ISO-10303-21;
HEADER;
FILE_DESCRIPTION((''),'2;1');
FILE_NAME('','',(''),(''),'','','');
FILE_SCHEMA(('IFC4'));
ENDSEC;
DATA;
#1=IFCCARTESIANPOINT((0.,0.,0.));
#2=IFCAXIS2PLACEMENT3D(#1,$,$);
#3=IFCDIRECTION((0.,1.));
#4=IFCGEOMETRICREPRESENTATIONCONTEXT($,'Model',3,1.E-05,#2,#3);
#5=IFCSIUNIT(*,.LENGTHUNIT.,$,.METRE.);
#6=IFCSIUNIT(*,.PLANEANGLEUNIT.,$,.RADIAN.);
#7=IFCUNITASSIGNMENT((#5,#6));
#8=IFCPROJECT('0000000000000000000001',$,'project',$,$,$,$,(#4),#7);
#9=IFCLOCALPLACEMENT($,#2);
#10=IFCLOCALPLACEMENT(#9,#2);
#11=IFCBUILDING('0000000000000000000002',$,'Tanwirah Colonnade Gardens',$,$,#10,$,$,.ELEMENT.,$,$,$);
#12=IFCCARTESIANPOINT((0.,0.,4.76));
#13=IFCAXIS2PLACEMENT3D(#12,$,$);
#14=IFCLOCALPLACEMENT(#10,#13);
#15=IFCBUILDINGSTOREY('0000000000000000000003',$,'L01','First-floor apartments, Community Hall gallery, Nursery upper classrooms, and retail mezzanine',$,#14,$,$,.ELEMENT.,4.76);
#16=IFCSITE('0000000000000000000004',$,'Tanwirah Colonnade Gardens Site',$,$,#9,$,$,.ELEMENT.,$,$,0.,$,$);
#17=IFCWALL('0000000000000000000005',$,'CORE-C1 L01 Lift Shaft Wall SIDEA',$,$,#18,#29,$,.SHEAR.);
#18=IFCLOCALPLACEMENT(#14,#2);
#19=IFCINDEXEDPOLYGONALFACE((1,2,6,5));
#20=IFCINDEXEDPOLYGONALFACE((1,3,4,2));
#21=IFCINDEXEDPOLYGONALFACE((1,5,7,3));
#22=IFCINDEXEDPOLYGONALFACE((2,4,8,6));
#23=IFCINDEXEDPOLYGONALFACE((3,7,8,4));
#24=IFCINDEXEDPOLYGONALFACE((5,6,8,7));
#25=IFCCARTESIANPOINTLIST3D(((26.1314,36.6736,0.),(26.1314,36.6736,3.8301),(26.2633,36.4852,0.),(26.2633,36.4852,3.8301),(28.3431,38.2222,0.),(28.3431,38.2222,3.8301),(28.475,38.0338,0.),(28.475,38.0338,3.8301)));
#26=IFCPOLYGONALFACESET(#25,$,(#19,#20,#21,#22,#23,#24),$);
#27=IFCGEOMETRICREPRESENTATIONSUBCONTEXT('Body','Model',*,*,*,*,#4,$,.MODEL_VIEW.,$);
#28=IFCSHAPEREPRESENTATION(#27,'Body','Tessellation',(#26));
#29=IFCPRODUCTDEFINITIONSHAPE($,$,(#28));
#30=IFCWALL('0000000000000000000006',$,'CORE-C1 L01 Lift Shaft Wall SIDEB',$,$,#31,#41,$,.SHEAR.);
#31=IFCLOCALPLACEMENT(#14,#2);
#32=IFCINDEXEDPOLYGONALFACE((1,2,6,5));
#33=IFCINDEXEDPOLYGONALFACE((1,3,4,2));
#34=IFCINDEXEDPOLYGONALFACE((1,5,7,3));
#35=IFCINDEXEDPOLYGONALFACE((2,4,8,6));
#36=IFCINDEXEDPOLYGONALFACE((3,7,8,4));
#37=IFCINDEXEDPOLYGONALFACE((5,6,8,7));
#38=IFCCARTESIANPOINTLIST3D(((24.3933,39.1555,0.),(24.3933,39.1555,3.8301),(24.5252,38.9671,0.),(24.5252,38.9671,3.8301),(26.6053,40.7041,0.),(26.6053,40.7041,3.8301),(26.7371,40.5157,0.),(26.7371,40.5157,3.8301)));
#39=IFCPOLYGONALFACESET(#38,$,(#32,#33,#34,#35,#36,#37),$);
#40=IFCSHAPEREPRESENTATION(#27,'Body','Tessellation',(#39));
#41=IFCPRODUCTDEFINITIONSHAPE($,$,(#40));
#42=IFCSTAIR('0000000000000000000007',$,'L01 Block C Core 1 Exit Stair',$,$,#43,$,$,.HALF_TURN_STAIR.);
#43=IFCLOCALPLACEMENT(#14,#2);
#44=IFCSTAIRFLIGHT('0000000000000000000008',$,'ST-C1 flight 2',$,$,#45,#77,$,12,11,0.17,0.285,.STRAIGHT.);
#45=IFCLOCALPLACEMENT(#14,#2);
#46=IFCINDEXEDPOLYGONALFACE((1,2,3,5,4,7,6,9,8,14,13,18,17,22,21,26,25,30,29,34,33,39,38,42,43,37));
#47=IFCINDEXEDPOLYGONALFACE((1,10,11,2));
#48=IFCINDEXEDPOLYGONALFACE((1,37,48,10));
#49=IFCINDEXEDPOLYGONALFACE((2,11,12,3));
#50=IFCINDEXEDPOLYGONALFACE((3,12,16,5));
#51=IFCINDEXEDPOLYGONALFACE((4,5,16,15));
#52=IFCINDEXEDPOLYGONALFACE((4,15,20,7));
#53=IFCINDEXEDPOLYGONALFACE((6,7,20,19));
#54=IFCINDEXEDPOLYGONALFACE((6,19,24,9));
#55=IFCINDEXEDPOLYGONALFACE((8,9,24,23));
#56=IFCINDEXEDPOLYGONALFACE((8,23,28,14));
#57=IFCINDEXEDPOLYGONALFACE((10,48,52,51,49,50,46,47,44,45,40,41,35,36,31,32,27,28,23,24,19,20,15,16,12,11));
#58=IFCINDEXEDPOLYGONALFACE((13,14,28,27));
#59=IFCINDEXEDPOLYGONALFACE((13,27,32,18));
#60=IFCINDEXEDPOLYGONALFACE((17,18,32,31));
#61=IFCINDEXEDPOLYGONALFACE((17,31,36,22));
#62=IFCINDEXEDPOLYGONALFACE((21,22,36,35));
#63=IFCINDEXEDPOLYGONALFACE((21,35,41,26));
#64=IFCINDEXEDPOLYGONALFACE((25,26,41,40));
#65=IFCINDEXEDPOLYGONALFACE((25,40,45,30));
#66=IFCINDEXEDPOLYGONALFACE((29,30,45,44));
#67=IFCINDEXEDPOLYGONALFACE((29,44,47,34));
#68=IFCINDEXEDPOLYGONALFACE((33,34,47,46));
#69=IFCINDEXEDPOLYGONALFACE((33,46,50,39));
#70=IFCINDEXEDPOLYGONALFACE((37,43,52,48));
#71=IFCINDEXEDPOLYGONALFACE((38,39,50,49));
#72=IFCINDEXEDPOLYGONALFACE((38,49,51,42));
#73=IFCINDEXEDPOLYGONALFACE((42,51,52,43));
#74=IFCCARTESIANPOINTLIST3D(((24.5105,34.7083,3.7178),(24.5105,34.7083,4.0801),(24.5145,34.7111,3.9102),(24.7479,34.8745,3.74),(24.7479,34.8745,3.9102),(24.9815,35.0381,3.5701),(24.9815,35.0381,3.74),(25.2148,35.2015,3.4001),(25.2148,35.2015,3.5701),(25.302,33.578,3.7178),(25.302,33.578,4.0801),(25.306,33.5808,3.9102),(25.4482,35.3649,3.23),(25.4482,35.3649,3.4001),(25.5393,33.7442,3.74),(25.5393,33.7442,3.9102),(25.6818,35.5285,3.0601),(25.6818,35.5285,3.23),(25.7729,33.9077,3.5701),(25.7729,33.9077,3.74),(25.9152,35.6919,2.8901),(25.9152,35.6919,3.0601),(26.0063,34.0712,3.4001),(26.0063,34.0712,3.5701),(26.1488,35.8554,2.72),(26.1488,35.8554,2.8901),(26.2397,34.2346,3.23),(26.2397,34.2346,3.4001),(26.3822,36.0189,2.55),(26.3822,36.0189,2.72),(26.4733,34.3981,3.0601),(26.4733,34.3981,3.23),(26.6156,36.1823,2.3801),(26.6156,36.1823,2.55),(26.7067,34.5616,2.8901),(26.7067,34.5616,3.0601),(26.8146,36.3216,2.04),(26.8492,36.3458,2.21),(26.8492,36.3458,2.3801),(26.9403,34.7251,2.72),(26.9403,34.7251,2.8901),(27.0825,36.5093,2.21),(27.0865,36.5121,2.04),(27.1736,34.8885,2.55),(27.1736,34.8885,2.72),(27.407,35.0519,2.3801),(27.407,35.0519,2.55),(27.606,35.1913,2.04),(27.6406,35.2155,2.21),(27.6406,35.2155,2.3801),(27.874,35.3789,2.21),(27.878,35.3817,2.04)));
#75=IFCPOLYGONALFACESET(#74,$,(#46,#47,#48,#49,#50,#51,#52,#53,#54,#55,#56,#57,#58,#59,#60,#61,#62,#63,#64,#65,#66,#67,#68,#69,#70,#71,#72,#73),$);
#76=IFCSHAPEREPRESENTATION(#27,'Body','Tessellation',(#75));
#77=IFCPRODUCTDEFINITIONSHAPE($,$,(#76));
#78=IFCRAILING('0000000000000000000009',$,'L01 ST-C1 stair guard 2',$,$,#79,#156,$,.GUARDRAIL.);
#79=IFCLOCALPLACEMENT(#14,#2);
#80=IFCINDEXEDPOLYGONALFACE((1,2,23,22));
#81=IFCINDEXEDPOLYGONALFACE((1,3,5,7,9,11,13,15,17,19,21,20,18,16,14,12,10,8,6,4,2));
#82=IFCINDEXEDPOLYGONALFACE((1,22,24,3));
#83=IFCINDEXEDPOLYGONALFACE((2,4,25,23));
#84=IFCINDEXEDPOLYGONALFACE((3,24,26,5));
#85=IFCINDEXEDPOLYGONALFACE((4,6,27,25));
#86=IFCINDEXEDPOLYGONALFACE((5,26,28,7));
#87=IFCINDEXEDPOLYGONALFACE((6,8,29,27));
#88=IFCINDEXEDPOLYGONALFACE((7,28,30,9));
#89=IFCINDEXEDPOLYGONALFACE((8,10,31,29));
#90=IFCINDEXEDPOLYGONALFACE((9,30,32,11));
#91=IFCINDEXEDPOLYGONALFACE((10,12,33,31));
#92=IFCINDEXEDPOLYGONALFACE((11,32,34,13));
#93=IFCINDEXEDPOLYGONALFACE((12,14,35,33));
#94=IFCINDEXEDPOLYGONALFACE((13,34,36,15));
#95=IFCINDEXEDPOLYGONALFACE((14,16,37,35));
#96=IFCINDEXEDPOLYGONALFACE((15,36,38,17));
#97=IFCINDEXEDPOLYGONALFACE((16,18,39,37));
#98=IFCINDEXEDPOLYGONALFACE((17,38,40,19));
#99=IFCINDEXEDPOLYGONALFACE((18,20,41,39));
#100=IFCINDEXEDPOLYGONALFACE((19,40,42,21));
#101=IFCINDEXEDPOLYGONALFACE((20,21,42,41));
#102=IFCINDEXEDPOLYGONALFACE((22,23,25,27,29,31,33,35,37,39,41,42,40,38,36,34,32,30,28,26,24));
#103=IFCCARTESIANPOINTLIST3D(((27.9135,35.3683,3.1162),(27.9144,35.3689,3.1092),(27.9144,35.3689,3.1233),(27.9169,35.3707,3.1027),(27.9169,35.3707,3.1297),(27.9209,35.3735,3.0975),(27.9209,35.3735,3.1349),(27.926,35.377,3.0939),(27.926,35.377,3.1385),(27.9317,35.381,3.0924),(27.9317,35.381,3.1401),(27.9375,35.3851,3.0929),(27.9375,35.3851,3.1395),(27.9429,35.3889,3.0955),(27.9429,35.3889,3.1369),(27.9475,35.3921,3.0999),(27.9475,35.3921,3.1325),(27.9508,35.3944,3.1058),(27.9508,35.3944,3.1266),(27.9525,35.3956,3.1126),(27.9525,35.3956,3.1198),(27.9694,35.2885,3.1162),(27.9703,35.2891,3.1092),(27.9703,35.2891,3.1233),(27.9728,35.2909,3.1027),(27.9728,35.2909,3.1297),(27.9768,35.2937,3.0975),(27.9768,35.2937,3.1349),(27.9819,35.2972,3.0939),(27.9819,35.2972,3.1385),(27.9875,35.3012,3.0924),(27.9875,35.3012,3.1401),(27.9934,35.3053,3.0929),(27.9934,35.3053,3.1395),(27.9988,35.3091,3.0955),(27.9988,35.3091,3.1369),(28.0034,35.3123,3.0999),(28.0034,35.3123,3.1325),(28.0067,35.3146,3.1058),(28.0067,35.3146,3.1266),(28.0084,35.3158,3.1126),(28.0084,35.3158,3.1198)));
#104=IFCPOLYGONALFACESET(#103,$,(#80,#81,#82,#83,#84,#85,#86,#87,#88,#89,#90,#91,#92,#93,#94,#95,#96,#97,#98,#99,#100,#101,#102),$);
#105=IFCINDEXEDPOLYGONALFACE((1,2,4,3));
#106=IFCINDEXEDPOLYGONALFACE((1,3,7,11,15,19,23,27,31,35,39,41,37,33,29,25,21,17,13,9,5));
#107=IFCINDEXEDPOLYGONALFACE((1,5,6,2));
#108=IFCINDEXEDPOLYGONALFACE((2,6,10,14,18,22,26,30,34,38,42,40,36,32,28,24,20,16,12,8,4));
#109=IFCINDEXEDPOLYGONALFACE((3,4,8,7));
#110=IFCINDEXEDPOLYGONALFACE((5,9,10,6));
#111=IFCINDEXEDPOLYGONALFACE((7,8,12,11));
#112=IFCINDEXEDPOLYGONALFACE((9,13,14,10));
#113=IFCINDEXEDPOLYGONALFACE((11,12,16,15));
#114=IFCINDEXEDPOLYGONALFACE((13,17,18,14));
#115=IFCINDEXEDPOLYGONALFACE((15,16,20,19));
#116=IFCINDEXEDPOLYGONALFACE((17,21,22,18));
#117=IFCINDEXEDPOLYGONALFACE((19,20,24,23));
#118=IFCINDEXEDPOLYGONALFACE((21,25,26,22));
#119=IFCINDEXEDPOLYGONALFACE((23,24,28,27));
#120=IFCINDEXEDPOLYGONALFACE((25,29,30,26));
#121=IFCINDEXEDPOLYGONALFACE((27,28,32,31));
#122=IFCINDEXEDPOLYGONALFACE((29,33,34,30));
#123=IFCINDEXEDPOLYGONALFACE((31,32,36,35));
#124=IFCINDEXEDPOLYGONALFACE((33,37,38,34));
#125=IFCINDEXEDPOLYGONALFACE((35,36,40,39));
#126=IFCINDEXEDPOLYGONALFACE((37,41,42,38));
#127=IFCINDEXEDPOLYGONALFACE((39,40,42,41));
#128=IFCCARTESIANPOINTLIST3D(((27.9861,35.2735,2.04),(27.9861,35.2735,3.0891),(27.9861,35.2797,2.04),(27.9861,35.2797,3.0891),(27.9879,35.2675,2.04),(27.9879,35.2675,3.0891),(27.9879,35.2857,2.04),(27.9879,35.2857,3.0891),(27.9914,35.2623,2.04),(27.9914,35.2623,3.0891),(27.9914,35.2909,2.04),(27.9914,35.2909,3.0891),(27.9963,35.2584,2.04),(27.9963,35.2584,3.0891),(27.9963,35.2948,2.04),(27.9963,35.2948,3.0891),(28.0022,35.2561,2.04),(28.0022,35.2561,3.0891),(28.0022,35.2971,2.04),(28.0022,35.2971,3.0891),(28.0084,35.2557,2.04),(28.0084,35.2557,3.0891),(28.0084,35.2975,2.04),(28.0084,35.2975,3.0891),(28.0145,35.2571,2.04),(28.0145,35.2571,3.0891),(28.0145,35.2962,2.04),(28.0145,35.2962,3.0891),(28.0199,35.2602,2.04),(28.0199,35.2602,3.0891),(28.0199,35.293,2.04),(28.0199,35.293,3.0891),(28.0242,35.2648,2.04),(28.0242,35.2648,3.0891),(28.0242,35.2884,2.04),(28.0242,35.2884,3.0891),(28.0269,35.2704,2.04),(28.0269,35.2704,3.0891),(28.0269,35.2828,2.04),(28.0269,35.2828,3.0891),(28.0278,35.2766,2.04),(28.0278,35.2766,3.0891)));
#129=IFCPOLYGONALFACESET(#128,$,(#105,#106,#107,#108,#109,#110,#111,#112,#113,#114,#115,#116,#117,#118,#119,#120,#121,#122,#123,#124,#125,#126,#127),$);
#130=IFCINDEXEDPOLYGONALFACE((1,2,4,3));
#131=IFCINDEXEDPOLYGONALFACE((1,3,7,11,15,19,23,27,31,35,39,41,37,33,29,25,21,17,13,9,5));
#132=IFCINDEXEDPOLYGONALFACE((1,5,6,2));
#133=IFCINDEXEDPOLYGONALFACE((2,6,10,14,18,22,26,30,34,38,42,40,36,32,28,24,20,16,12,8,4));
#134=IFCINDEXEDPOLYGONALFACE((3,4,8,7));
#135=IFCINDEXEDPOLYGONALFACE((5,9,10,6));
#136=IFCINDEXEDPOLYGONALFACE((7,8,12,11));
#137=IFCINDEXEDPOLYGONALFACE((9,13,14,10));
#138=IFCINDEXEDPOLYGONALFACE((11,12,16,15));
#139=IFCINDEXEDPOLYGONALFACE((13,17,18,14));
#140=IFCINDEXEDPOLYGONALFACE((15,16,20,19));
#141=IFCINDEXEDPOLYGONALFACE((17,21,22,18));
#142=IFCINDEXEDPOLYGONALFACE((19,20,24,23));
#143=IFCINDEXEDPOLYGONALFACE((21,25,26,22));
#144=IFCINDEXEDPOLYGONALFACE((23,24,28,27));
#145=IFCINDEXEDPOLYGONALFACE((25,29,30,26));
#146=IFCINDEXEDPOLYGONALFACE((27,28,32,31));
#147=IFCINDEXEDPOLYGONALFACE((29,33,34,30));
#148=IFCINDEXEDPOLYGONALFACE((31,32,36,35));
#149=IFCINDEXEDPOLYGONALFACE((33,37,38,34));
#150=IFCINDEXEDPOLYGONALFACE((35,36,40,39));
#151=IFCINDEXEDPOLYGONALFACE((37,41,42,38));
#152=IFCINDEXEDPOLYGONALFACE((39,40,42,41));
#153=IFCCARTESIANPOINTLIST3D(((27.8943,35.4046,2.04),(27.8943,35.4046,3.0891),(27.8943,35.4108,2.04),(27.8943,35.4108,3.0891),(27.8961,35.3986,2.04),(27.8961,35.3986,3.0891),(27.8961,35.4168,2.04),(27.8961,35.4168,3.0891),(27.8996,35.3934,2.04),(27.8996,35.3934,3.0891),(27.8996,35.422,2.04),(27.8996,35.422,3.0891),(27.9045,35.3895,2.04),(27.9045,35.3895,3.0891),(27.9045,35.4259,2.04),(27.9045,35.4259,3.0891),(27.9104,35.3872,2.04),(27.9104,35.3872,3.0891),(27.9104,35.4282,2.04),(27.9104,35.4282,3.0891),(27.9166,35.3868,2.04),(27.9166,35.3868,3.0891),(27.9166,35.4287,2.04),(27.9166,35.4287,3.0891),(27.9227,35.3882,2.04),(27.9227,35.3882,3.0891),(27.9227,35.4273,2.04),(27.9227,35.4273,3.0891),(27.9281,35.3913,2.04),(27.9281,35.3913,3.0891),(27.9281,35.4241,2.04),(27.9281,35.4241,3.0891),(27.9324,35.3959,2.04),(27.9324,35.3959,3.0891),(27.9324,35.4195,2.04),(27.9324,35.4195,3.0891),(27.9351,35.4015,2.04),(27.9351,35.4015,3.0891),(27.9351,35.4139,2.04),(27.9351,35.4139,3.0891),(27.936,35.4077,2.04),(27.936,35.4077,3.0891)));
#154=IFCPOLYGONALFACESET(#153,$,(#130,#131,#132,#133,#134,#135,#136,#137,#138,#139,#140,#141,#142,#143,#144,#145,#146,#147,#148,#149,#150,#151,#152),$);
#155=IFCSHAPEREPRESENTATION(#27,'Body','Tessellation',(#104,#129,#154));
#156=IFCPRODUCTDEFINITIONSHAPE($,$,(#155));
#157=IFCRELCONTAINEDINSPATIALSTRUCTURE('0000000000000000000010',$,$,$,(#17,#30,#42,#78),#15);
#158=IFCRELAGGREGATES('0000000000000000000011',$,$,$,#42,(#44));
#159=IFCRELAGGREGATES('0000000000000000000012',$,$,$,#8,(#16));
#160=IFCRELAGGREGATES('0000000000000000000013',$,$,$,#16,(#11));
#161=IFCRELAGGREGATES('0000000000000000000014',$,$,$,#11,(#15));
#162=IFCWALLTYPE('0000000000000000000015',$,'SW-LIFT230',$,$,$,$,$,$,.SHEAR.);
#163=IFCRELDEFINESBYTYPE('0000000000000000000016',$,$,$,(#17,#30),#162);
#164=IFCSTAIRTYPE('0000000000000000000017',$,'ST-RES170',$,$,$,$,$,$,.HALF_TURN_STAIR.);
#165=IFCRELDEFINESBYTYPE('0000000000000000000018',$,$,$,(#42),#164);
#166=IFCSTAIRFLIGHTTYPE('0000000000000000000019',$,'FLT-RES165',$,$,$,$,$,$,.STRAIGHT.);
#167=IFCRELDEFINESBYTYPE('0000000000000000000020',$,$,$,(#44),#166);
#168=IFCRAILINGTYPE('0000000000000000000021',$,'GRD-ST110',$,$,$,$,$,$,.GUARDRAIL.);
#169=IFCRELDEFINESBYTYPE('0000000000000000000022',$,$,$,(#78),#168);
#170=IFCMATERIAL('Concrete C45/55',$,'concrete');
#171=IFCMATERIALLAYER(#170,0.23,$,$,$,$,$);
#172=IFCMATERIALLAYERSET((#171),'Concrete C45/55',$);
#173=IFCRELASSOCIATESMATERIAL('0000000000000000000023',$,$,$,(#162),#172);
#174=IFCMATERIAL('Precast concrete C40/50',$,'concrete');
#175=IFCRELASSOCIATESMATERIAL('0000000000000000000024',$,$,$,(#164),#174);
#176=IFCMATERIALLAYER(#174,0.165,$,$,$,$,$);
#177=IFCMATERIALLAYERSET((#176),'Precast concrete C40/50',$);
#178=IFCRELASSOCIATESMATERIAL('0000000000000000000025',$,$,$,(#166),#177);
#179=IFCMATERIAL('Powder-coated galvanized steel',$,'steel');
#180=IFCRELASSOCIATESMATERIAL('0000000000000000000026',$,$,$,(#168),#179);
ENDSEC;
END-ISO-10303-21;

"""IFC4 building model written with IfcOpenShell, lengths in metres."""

from ifc_helpers import new_model, si_unit, direction, frame, frame_2d, origin, origin_2d, place, context, subcontext, project, spatial, polyline, rectangle, circle, outline, extrude, material, layer, layer_set, type_object, element, aggregate, save


model = new_model("IFC4")

# Units and contexts
model_context = context("Model", 3, precision=1e-05, world=origin(), true_north=direction((0.0, 1.0)))
body_context = subcontext(model_context, "Body", "Model", "MODEL_VIEW")
ifc_project = project(units=[si_unit("LENGTHUNIT", "METRE"), si_unit("PLANEANGLEUNIT", "RADIAN")], contexts=[model_context])

# Site, building, storey
site_placement = place(None, origin())
site = spatial("IfcSite", under=ifc_project, at=site_placement, Name="Tanwirah Colonnade Gardens Site", CompositionType="ELEMENT", RefElevation=0.0)
building_placement = place(site_placement, origin())
building = spatial("IfcBuilding", under=site, at=building_placement, Name="Tanwirah Colonnade Gardens", CompositionType="ELEMENT")
storey_placement = place(building_placement, frame((0.0, 0.0, 4.76)))
storey = spatial("IfcBuildingStorey", under=building, at=storey_placement, Name="L01", Description="First-floor apartments, Community Hall gallery, Nursery upper classrooms, and retail mezzanine", CompositionType="ELEMENT", Elevation=4.76)

# Shared definitions
ifc_material_1 = material(Name="Precast concrete C40/50", Category="concrete")

# Shared definitions
ifc_material_2 = material(Name="Concrete C45/55", Category="concrete")

# Shared definitions
ifc_layer_1 = layer(ifc_material_2, 0.23)
ifc_layer_set_1 = layer_set([ifc_layer_1], Name="Concrete C45/55")
wall_type_1 = type_object("IfcWallType", Name="SW-LIFT230", PredefinedType="SHEAR", material=ifc_layer_set_1)

# Walls
wall_1_placement = place(storey_placement, frame((26.1973, 36.5793, 0.0), z_axis=(0.0, 0.0, 1.0), x_axis=(0.81916, 0.573566, 0.0)))
element("IfcWall", 1, at=wall_1_placement, inside=storey, type_object=wall_type_1, Name="CORE-C1 L01 Lift Shaft Wall SIDEA", PredefinedType="SHEAR", context=body_context, shape_type="SweptSolid", body=[
    extrude(rectangle(XDim=2.7, YDim=0.23, at=frame_2d((1.3501, 0.0))), origin(), (0.0, 0.0, 1.0), 3.8301),
])
wall_2_placement = place(storey_placement, frame((24.4592, 39.0613, 0.0), z_axis=(0.0, 0.0, 1.0), x_axis=(0.819189, 0.573523, 0.0)))
element("IfcWall", 2, at=wall_2_placement, inside=storey, type_object=wall_type_1, Name="CORE-C1 L01 Lift Shaft Wall SIDEB", PredefinedType="SHEAR", context=body_context, shape_type="SweptSolid", body=[
    extrude(rectangle(XDim=2.7002, YDim=0.23, at=frame_2d((1.3501, 0.0))), origin(), (0.0, 0.0, 1.0), 3.8301),
])

# Stair, stair flight
stair_type = type_object("IfcStairType", Name="ST-RES170", PredefinedType="HALF_TURN_STAIR", material=ifc_material_1)
stair_placement = place(storey_placement, origin())
stair = element("IfcStair", 3, at=stair_placement, inside=storey, type_object=stair_type, Name="L01 Block C Core 1 Exit Stair", PredefinedType="HALF_TURN_STAIR")
ifc_layer_2 = layer(ifc_material_1, 0.165)
ifc_layer_set_2 = layer_set([ifc_layer_2], Name="Precast concrete C40/50")
stair_flight_type = type_object("IfcStairFlightType", Name="FLT-RES165", PredefinedType="STRAIGHT", material=ifc_layer_set_2)
stair_flight_placement = place(storey_placement, frame((27.4783, 35.9441, 2.04), z_axis=(0.0, 0.0, 1.0), x_axis=(-0.819152, -0.573576, 0.0)))
stair_flight = element("IfcStairFlight", 4, at=stair_flight_placement, type_object=stair_flight_type, Name="ST-C1 flight 2", NumberOfRisers=12, NumberOfTreads=11, PredefinedType="STRAIGHT", RiserHeight=0.17, TreadLength=0.285, context=body_context, shape_type="SweptSolid", body=[
    extrude(outline(polyline([(-0.0049, 0.0), (0.0, 0.1699), (0.2849, 0.1699), (0.2849, 0.3401), (0.5701, 0.3401), (0.5701, 0.51), (0.855, 0.51), (0.855, 0.6799), (1.1399, 0.6799), (1.1399, 0.8501), (1.425, 0.8501), (1.425, 1.02), (1.71, 1.02), (1.71, 1.1899), (1.9951, 1.1899), (1.9951, 1.3601), (2.28, 1.3601), (2.28, 1.53), (2.5649, 1.53), (2.5649, 1.7), (2.8501, 1.7), (2.8501, 1.8701), (3.135, 1.8701), (3.1399, 2.04), (3.1399, 1.6777), (0.3271, 0.0), (-0.0049, 0.0)])), frame((0.0, 0.6899, 0.0), z_axis=(0.0, -1.0, 0.0), x_axis=(1.0, 0.0, 0.0)), (0.0, 0.0, 1.0), 1.3799),
])
aggregate(stair, [stair_flight])

# Railing
ifc_material_3 = material(Name="Powder-coated galvanized steel", Category="steel")
railing_type_1 = type_object("IfcRailingType", Name="GRD-ST110", PredefinedType="GUARDRAIL", material=ifc_material_3)
railing_1_placement = place(storey_placement, frame((28.0068, 35.2766, 2.04)))
element("IfcRailing", 5, at=railing_1_placement, inside=storey, type_object=railing_type_1, Name="L01 ST-C1 stair guard 2", PredefinedType="GUARDRAIL", context=body_context, shape_type="SweptSolid", body=[
    extrude(circle(Radius=0.0239, at=origin_2d()), frame((-0.0178, 0.0256, 1.0762), z_axis=(-0.573565, 0.81916, 0.0), x_axis=(-0.81916, -0.573565, 0.0)), (0.0, 0.0, 1.0), 0.0974),
    extrude(circle(Radius=0.021, at=origin_2d()), origin(), (0.0, 0.0, 1.0), 1.0491),
    extrude(circle(Radius=0.021, at=origin_2d()), frame((-0.0918, 0.1311, 0.0)), (0.0, 0.0, 1.0), 1.0491),
])

save(model, "model.ifc")
